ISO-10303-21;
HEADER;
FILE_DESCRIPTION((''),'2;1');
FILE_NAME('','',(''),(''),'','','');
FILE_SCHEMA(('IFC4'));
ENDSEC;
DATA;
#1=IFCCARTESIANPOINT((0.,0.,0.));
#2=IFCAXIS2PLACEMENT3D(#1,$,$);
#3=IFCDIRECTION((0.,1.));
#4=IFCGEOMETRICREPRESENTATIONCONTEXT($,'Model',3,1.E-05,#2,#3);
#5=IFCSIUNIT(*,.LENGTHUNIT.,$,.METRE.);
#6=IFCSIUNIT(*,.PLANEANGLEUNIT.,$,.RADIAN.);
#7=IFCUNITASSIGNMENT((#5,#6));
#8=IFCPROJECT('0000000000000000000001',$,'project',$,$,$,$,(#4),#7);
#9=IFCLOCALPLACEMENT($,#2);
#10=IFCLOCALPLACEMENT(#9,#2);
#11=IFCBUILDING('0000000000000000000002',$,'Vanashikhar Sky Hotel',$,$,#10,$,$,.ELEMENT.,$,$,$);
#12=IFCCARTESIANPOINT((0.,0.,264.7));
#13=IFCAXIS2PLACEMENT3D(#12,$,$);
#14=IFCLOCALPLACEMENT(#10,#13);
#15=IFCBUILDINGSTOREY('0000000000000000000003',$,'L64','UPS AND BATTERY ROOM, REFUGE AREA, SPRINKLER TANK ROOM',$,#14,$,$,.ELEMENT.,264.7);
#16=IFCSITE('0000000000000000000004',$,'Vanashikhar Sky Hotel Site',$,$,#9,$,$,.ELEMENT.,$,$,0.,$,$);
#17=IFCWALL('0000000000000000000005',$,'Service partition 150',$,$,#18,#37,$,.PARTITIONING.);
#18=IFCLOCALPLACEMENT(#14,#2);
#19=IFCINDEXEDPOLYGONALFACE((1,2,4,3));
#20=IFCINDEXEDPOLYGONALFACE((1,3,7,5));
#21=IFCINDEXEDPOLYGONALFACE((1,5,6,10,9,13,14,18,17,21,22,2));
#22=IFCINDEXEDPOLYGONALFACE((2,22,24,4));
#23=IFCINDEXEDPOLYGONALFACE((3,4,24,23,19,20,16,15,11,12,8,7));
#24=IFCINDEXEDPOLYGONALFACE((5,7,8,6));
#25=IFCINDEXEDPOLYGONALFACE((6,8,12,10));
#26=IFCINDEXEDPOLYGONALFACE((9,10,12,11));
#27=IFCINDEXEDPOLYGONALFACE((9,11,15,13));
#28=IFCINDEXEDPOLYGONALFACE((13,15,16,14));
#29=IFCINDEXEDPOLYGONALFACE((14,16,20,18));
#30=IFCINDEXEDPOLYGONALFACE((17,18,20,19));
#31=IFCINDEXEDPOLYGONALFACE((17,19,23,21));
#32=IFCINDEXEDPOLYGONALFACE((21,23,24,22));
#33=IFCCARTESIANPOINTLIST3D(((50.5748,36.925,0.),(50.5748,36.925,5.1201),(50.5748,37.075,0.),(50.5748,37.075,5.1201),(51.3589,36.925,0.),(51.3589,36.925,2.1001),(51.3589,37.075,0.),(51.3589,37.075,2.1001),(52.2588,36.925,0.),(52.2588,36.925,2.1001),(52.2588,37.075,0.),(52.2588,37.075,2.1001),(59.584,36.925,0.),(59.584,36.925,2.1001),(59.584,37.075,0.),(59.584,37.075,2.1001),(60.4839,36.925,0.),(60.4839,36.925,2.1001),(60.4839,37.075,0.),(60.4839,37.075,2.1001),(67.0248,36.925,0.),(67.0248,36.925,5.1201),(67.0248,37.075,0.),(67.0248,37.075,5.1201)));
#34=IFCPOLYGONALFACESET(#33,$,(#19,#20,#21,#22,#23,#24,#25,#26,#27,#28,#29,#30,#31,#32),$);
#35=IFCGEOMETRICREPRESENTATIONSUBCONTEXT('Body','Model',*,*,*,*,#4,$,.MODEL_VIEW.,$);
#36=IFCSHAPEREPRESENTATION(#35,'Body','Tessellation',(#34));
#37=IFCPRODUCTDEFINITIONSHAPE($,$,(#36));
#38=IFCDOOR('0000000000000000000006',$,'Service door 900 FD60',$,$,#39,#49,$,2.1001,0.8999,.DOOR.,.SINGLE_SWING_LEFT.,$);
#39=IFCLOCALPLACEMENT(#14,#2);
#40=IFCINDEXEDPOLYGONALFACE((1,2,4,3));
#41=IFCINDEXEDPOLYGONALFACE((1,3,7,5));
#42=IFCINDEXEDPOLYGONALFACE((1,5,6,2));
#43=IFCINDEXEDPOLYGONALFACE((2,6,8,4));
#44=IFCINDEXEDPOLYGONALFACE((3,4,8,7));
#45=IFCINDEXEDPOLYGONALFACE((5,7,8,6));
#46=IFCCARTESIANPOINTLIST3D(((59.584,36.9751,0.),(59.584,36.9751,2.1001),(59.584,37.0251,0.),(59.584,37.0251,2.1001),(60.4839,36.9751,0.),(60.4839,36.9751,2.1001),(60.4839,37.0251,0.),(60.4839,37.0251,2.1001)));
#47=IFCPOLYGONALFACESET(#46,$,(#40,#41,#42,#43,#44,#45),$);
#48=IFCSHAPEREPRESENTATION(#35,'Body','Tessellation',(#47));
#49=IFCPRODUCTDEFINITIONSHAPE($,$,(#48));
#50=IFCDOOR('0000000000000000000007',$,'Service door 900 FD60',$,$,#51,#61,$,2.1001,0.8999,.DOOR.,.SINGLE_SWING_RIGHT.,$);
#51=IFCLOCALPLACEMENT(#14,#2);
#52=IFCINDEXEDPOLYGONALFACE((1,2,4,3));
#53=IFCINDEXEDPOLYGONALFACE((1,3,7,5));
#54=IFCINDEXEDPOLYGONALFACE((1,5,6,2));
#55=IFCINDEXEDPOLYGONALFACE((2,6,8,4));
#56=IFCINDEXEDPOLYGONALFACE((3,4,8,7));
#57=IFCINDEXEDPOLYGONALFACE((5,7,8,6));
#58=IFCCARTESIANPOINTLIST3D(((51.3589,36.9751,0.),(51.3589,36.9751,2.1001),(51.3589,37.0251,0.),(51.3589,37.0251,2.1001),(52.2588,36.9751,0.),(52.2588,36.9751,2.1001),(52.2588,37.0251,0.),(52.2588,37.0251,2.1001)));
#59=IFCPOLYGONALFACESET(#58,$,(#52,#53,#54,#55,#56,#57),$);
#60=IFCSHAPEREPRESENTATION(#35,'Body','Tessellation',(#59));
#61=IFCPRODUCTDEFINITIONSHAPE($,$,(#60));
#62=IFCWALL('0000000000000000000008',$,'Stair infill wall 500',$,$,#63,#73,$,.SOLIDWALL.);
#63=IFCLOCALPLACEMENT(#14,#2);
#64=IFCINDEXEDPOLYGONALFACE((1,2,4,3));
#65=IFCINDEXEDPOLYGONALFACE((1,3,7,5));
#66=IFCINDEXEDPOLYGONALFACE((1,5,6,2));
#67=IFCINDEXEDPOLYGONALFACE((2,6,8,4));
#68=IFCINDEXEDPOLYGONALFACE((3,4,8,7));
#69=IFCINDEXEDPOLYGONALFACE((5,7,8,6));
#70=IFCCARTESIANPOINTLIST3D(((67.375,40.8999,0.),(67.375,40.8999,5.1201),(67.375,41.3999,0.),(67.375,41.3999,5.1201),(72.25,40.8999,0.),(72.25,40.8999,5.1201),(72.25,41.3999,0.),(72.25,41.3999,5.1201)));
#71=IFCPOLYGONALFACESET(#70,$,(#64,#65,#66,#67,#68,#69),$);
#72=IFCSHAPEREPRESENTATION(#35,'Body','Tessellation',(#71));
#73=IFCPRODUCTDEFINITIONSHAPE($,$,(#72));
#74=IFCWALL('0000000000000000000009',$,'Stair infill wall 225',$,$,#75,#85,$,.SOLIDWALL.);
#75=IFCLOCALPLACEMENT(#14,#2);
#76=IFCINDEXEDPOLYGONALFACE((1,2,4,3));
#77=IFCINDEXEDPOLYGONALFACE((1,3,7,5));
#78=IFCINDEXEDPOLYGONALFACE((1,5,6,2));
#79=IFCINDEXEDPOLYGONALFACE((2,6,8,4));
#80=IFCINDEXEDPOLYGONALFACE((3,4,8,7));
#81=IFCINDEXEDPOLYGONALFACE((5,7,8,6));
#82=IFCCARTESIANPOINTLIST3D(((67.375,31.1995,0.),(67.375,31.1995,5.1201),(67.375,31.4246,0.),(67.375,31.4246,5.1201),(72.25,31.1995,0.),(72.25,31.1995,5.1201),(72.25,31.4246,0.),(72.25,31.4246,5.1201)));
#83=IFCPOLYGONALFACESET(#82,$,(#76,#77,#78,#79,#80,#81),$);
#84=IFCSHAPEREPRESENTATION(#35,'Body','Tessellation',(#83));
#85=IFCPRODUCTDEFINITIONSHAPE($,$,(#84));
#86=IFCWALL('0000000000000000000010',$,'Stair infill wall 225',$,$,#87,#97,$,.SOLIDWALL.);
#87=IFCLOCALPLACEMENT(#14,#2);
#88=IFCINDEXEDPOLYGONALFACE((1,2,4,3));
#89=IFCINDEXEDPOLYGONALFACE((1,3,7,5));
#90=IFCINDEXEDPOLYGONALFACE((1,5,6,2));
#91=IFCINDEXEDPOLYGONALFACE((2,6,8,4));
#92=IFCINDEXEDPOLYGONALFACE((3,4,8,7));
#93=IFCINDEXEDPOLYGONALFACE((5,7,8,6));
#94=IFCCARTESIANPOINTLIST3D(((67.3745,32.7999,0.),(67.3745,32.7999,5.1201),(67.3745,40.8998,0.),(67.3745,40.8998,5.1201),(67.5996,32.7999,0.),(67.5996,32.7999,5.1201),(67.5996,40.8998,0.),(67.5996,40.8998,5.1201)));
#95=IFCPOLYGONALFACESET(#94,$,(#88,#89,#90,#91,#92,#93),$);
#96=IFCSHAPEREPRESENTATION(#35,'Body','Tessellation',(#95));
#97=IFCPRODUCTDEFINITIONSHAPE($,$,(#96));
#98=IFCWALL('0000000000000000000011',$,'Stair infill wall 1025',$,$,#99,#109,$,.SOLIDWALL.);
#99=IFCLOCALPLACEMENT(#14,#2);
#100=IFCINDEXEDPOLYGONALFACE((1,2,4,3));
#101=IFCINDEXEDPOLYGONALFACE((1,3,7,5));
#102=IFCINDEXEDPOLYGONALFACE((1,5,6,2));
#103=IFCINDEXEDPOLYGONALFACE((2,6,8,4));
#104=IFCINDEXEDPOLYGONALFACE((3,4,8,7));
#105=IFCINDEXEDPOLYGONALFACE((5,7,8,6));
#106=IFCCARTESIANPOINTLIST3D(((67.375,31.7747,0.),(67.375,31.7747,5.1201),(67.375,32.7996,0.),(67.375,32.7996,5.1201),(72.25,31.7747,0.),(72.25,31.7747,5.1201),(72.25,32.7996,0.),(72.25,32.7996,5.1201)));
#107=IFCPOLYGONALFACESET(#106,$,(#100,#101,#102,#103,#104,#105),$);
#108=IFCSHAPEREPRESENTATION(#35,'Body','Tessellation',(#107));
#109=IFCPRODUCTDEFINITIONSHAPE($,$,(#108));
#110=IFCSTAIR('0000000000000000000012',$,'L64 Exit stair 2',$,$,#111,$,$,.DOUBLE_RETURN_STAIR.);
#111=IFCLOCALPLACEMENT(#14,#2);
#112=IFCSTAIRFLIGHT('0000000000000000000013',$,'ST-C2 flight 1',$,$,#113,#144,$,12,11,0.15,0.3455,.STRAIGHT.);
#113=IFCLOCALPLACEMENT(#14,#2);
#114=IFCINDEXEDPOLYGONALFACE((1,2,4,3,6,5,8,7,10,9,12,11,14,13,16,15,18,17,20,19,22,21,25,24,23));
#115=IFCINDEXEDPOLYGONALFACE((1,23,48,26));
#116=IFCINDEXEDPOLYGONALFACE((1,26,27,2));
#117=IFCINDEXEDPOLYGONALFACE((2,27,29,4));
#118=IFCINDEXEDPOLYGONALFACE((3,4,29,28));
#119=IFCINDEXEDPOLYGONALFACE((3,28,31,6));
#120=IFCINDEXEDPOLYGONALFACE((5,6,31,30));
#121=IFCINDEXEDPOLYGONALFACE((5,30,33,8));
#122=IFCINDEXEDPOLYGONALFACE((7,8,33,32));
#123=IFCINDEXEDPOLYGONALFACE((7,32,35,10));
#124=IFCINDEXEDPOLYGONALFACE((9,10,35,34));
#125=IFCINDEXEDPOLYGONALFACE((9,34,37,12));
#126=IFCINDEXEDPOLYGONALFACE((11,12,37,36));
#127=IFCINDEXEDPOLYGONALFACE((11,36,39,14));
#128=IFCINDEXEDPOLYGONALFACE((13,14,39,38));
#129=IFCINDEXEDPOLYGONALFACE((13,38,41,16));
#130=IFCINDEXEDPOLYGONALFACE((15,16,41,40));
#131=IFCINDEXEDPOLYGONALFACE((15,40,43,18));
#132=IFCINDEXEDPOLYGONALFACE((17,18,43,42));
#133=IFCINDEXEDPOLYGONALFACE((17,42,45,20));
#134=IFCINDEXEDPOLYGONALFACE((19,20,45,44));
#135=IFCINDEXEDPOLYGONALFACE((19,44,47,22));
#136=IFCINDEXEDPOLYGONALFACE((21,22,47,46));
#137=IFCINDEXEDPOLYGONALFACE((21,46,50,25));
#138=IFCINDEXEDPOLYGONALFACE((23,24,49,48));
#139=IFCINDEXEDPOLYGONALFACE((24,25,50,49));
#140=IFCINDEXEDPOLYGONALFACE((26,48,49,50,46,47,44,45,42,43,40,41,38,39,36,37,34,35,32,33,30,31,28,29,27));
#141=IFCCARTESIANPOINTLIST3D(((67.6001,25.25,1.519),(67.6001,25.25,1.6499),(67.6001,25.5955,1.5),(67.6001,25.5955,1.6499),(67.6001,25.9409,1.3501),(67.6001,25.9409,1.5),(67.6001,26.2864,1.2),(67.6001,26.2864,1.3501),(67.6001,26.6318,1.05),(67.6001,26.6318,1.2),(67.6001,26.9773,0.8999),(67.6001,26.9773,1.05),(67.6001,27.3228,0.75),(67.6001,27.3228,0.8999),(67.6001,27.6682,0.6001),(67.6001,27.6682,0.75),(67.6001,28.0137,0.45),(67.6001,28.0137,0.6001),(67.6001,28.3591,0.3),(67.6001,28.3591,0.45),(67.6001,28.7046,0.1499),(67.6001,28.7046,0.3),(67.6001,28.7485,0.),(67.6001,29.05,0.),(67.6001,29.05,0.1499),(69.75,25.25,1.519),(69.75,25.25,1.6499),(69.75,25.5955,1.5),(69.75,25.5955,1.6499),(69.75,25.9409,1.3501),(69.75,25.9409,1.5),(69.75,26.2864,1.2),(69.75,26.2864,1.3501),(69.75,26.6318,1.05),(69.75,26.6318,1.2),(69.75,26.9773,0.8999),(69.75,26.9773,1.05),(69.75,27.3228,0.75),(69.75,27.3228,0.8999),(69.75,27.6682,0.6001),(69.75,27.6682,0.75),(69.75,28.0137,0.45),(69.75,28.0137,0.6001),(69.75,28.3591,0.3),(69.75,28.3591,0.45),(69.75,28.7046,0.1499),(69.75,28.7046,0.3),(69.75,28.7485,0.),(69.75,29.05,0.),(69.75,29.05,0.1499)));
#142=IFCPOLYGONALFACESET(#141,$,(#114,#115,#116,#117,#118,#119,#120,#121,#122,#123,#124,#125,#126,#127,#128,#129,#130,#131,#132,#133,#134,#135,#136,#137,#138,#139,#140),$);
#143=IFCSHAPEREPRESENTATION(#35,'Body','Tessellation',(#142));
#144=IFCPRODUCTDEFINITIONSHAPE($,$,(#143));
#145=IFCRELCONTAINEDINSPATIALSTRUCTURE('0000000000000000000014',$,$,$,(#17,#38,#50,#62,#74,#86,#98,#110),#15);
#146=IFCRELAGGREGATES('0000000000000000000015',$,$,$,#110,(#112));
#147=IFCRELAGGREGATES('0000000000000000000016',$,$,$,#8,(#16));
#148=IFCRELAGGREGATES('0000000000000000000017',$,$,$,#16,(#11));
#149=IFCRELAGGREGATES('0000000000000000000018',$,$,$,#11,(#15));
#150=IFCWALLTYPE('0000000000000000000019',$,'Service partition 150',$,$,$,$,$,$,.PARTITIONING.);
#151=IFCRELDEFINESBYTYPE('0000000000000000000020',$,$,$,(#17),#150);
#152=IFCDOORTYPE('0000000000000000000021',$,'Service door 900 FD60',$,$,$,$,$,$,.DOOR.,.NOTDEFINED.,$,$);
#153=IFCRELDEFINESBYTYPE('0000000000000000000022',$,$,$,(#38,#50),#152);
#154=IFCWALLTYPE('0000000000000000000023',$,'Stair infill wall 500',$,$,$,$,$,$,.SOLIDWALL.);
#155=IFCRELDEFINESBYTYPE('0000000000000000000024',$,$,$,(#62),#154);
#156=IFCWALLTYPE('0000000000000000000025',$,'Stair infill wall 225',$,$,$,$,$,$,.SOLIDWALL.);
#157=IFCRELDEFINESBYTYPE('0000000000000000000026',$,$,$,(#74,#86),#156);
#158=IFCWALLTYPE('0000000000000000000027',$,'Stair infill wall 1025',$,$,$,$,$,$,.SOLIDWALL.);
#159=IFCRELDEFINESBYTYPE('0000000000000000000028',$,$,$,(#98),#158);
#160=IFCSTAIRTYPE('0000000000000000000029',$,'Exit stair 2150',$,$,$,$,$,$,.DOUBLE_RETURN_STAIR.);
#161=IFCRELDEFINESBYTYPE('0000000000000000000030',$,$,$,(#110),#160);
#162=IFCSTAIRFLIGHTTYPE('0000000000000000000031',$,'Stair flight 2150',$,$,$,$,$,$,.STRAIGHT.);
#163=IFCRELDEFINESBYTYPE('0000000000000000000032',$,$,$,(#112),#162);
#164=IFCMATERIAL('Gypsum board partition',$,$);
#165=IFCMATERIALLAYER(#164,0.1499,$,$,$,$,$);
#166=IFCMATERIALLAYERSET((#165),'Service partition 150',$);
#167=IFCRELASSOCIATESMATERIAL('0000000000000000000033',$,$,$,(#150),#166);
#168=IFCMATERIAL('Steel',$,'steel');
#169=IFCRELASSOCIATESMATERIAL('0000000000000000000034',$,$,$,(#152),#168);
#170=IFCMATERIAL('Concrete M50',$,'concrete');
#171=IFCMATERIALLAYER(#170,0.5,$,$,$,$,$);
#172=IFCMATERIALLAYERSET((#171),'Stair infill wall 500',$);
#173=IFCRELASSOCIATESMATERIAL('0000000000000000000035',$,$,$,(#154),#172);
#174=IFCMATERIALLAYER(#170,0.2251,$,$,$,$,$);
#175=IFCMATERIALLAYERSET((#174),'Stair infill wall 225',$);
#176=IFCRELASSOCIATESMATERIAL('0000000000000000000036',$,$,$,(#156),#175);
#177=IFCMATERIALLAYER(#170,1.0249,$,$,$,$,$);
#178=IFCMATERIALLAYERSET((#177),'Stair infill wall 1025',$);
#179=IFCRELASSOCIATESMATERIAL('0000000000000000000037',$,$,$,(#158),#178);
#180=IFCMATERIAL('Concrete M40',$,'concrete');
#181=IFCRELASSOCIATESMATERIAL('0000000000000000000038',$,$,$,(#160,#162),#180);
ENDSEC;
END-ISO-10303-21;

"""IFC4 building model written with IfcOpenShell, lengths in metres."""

from ifc_helpers import new_model, si_unit, direction, frame, frame_2d, origin, place, context, subcontext, project, spatial, polyline, rectangle, outline, extrude, source, transform, mapped, material, layer, layer_set, type_object, element, fill, aggregate, save


model = new_model("IFC4")

# Units and contexts
model_context = context("Model", 3, precision=1e-05, world=origin(), true_north=direction((0.0, 1.0)))
body_context = subcontext(model_context, "Body", "Model", "MODEL_VIEW")
ifc_project = project(units=[si_unit("LENGTHUNIT", "METRE"), si_unit("PLANEANGLEUNIT", "RADIAN")], contexts=[model_context])

# Site, building, storey
site_placement = place(None, origin())
site = spatial("IfcSite", under=ifc_project, at=site_placement, Name="Vanashikhar Sky Hotel Site", CompositionType="ELEMENT", RefElevation=0.0)
building_placement = place(site_placement, origin())
building = spatial("IfcBuilding", under=site, at=building_placement, Name="Vanashikhar Sky Hotel", CompositionType="ELEMENT")
storey_placement = place(building_placement, frame((0.0, 0.0, 264.7)))
storey = spatial("IfcBuildingStorey", under=building, at=storey_placement, Name="L64", Description="UPS AND BATTERY ROOM, REFUGE AREA, SPRINKLER TANK ROOM", CompositionType="ELEMENT", Elevation=264.7)

# Shared definitions
ifc_material_1 = material(Name="Steel", Category="steel")

# Shared definitions
ifc_material_2 = material(Name="Gypsum board partition")
ifc_layer_1 = layer(ifc_material_2, 0.1499)
ifc_layer_set_1 = layer_set([ifc_layer_1], Name="Service partition 150")
wall_type_1 = type_object("IfcWallType", Name="Service partition 150", PredefinedType="PARTITIONING", material=ifc_layer_set_1)

# Wall, openings, doors
shared_shape_1 = source(origin(), body_context, "Body", "SweptSolid", [
    extrude(rectangle(XDim=0.8999, YDim=2.1001, at=frame_2d((0.45, 1.05))), frame((0.0, 0.085, 0.0), z_axis=(0.0, -1.0, 0.0), x_axis=(1.0, 0.0, 0.0)), (0.0, 0.0, 1.0), 0.1699),
])
door_type_1 = type_object("IfcDoorType", Name="Service door 900 FD60", OperationType="NOTDEFINED", PredefinedType="DOOR", material=ifc_material_1)
shared_shape_2 = source(origin(), body_context, "Body", "SweptSolid", [
    extrude(rectangle(XDim=0.8999, YDim=2.1001, at=frame_2d((0.45, 1.05))), frame((0.0, 0.0249, 0.0), z_axis=(0.0, -1.0, 0.0), x_axis=(1.0, 0.0, 0.0)), (0.0, 0.0, 1.0), 0.05),
])
shared_shape_3 = source(origin(), body_context, "Body", "SweptSolid", [
    extrude(rectangle(XDim=16.45, YDim=0.1499, at=frame_2d((8.2251, 0.0))), origin(), (0.0, 0.0, 1.0), 5.1201),
])
wall_1_placement = place(storey_placement, frame((67.0249, 37.0, 0.0), z_axis=(0.0, 0.0, 1.0), x_axis=(-1.0, 0.0, 0.0)))
wall_1 = element("IfcWall", 1, at=wall_1_placement, inside=storey, type_object=wall_type_1, Name="Service partition 150", PredefinedType="PARTITIONING", context=body_context, shape_type="MappedRepresentation", body=[
    mapped(shared_shape_3, transform((0.0, 0.0, 0.0), scale=1.0)),
])
opening_1_placement = place(wall_1_placement, frame((6.541, 0.0, 0.0)))
opening_1 = element("IfcOpeningElement", 2, at=opening_1_placement, cuts=wall_1, PredefinedType="OPENING", context=body_context, shape_type="MappedRepresentation", body=[
    mapped(shared_shape_1, transform((0.0, 0.0, 0.0), scale=1.0)),
])
opening_2_placement = place(wall_1_placement, frame((14.7661, 0.0, 0.0)))
opening_2 = element("IfcOpeningElement", 3, at=opening_2_placement, cuts=wall_1, PredefinedType="OPENING", context=body_context, shape_type="MappedRepresentation", body=[
    mapped(shared_shape_1, transform((0.0, 0.0, 0.0), scale=1.0)),
])
door_1_placement = place(opening_1_placement, origin())
door_1 = element("IfcDoor", 4, at=door_1_placement, inside=storey, type_object=door_type_1, Name="Service door 900 FD60", OperationType="SINGLE_SWING_LEFT", OverallHeight=2.1001, OverallWidth=0.8999, PredefinedType="DOOR", context=body_context, shape_type="MappedRepresentation", body=[
    mapped(shared_shape_2, transform((0.0, 0.0, 0.0), scale=1.0)),
])
fill(opening_1, door_1)
door_2_placement = place(opening_2_placement, origin())
door_2 = element("IfcDoor", 5, at=door_2_placement, inside=storey, type_object=door_type_1, Name="Service door 900 FD60", OperationType="SINGLE_SWING_RIGHT", OverallHeight=2.1001, OverallWidth=0.8999, PredefinedType="DOOR", context=body_context, shape_type="MappedRepresentation", body=[
    mapped(shared_shape_2, transform((0.0, 0.0, 0.0), scale=1.0)),
])
fill(opening_2, door_2)

# Walls
ifc_material_3 = material(Name="Concrete M50", Category="concrete")
ifc_layer_2 = layer(ifc_material_3, 0.5)
ifc_layer_set_2 = layer_set([ifc_layer_2], Name="Stair infill wall 500")
wall_type_2 = type_object("IfcWallType", Name="Stair infill wall 500", PredefinedType="SOLIDWALL", material=ifc_layer_set_2)
shared_shape_4 = source(origin(), body_context, "Body", "SweptSolid", [
    extrude(rectangle(XDim=4.875, YDim=0.5, at=frame_2d((2.4375, 0.0))), origin(), (0.0, 0.0, 1.0), 5.1201),
])
wall_2_placement = place(storey_placement, frame((67.375, 41.1499, 0.0), z_axis=(0.0, 0.0, 1.0), x_axis=(1.0, 0.0, 0.0)))
element("IfcWall", 6, at=wall_2_placement, inside=storey, type_object=wall_type_2, Name="Stair infill wall 500", PredefinedType="SOLIDWALL", context=body_context, shape_type="MappedRepresentation", body=[
    mapped(shared_shape_4, transform((0.0, 0.0, 0.0), scale=1.0)),
])
ifc_layer_3 = layer(ifc_material_3, 0.2251)
ifc_layer_set_3 = layer_set([ifc_layer_3], Name="Stair infill wall 225")
wall_type_3 = type_object("IfcWallType", Name="Stair infill wall 225", PredefinedType="SOLIDWALL", material=ifc_layer_set_3)
shared_shape_5 = source(origin(), body_context, "Body", "SweptSolid", [
    extrude(rectangle(XDim=4.875, YDim=0.2251, at=frame_2d((2.4375, 0.0))), origin(), (0.0, 0.0, 1.0), 5.1201),
])
wall_3_placement = place(storey_placement, frame((67.375, 31.312, 0.0), z_axis=(0.0, 0.0, 1.0), x_axis=(1.0, 0.0, 0.0)))
element("IfcWall", 7, at=wall_3_placement, inside=storey, type_object=wall_type_3, Name="Stair infill wall 225", PredefinedType="SOLIDWALL", context=body_context, shape_type="MappedRepresentation", body=[
    mapped(shared_shape_5, transform((0.0, 0.0, 0.0), scale=1.0)),
])
shared_shape_6 = source(origin(), body_context, "Body", "SweptSolid", [
    extrude(rectangle(XDim=8.0999, YDim=0.2251, at=frame_2d((4.0498, 0.0))), origin(), (0.0, 0.0, 1.0), 5.1201),
])
wall_4_placement = place(storey_placement, frame((67.4871, 32.8, 0.0), z_axis=(0.0, 0.0, 1.0), x_axis=(0.0, 1.0, 0.0)))
element("IfcWall", 8, at=wall_4_placement, inside=storey, type_object=wall_type_3, Name="Stair infill wall 225", PredefinedType="SOLIDWALL", context=body_context, shape_type="MappedRepresentation", body=[
    mapped(shared_shape_6, transform((0.0, 0.0, 0.0), scale=1.0)),
])
ifc_layer_4 = layer(ifc_material_3, 1.0249)
ifc_layer_set_4 = layer_set([ifc_layer_4], Name="Stair infill wall 1025")
wall_type_4 = type_object("IfcWallType", Name="Stair infill wall 1025", PredefinedType="SOLIDWALL", material=ifc_layer_set_4)
shared_shape_7 = source(origin(), body_context, "Body", "SweptSolid", [
    extrude(rectangle(XDim=4.875, YDim=1.0249, at=frame_2d((2.4375, 0.0))), origin(), (0.0, 0.0, 1.0), 5.1201),
])
wall_5_placement = place(storey_placement, frame((67.375, 32.2871, 0.0), z_axis=(0.0, 0.0, 1.0), x_axis=(1.0, 0.0, 0.0)))
element("IfcWall", 9, at=wall_5_placement, inside=storey, type_object=wall_type_4, Name="Stair infill wall 1025", PredefinedType="SOLIDWALL", context=body_context, shape_type="MappedRepresentation", body=[
    mapped(shared_shape_7, transform((0.0, 0.0, 0.0), scale=1.0)),
])

# Stair, stair flight
ifc_material_4 = material(Name="Concrete M40", Category="concrete")
stair_type = type_object("IfcStairType", Name="Exit stair 2150", PredefinedType="DOUBLE_RETURN_STAIR", material=ifc_material_4)
stair_1_placement = place(storey_placement, origin())
stair_1 = element("IfcStair", 10, at=stair_1_placement, inside=storey, type_object=stair_type, Name="L64 Exit stair 2", PredefinedType="DOUBLE_RETURN_STAIR")
stair_flight_type = type_object("IfcStairFlightType", Name="Stair flight 2150", PredefinedType="STRAIGHT", material=ifc_material_4)
shared_shape_8 = source(origin(), body_context, "Body", "SweptSolid", [
    extrude(outline(polyline([(0.0, 0.0), (0.0, 0.1499), (0.3455, 0.1499), (0.3455, 0.3), (0.6909, 0.3), (0.6909, 0.45), (1.0364, 0.45), (1.0364, 0.6001), (1.3818, 0.6001), (1.3818, 0.75), (1.7273, 0.75), (1.7273, 0.8999), (2.0728, 0.8999), (2.0728, 1.05), (2.4182, 1.05), (2.4182, 1.2), (2.7637, 1.2), (2.7637, 1.3501), (3.1091, 1.3501), (3.1091, 1.5), (3.4546, 1.5), (3.4546, 1.6499), (3.8, 1.6499), (3.8, 1.8), (3.8, 1.519), (0.3015, 0.0), (0.0, 0.0)])), frame((0.0, 1.075, 0.0), z_axis=(0.0, -1.0, 0.0), x_axis=(1.0, 0.0, 0.0)), (0.0, 0.0, 1.0), 2.1499),
])
stair_flight_1_placement = place(storey_placement, frame((68.675, 29.05, 0.0), z_axis=(0.0, 0.0, 1.0), x_axis=(0.0, -1.0, 0.0)))
stair_flight_1 = element("IfcStairFlight", 11, at=stair_flight_1_placement, type_object=stair_flight_type, Name="ST-C2 flight 1", NumberOfRisers=12, NumberOfTreads=11, PredefinedType="STRAIGHT", RiserHeight=0.15, TreadLength=0.3455, context=body_context, shape_type="MappedRepresentation", body=[
    mapped(shared_shape_8, transform((0.0, 0.0, 0.0), scale=1.0)),
])
aggregate(stair_1, [stair_flight_1])

save(model, "model.ifc")
